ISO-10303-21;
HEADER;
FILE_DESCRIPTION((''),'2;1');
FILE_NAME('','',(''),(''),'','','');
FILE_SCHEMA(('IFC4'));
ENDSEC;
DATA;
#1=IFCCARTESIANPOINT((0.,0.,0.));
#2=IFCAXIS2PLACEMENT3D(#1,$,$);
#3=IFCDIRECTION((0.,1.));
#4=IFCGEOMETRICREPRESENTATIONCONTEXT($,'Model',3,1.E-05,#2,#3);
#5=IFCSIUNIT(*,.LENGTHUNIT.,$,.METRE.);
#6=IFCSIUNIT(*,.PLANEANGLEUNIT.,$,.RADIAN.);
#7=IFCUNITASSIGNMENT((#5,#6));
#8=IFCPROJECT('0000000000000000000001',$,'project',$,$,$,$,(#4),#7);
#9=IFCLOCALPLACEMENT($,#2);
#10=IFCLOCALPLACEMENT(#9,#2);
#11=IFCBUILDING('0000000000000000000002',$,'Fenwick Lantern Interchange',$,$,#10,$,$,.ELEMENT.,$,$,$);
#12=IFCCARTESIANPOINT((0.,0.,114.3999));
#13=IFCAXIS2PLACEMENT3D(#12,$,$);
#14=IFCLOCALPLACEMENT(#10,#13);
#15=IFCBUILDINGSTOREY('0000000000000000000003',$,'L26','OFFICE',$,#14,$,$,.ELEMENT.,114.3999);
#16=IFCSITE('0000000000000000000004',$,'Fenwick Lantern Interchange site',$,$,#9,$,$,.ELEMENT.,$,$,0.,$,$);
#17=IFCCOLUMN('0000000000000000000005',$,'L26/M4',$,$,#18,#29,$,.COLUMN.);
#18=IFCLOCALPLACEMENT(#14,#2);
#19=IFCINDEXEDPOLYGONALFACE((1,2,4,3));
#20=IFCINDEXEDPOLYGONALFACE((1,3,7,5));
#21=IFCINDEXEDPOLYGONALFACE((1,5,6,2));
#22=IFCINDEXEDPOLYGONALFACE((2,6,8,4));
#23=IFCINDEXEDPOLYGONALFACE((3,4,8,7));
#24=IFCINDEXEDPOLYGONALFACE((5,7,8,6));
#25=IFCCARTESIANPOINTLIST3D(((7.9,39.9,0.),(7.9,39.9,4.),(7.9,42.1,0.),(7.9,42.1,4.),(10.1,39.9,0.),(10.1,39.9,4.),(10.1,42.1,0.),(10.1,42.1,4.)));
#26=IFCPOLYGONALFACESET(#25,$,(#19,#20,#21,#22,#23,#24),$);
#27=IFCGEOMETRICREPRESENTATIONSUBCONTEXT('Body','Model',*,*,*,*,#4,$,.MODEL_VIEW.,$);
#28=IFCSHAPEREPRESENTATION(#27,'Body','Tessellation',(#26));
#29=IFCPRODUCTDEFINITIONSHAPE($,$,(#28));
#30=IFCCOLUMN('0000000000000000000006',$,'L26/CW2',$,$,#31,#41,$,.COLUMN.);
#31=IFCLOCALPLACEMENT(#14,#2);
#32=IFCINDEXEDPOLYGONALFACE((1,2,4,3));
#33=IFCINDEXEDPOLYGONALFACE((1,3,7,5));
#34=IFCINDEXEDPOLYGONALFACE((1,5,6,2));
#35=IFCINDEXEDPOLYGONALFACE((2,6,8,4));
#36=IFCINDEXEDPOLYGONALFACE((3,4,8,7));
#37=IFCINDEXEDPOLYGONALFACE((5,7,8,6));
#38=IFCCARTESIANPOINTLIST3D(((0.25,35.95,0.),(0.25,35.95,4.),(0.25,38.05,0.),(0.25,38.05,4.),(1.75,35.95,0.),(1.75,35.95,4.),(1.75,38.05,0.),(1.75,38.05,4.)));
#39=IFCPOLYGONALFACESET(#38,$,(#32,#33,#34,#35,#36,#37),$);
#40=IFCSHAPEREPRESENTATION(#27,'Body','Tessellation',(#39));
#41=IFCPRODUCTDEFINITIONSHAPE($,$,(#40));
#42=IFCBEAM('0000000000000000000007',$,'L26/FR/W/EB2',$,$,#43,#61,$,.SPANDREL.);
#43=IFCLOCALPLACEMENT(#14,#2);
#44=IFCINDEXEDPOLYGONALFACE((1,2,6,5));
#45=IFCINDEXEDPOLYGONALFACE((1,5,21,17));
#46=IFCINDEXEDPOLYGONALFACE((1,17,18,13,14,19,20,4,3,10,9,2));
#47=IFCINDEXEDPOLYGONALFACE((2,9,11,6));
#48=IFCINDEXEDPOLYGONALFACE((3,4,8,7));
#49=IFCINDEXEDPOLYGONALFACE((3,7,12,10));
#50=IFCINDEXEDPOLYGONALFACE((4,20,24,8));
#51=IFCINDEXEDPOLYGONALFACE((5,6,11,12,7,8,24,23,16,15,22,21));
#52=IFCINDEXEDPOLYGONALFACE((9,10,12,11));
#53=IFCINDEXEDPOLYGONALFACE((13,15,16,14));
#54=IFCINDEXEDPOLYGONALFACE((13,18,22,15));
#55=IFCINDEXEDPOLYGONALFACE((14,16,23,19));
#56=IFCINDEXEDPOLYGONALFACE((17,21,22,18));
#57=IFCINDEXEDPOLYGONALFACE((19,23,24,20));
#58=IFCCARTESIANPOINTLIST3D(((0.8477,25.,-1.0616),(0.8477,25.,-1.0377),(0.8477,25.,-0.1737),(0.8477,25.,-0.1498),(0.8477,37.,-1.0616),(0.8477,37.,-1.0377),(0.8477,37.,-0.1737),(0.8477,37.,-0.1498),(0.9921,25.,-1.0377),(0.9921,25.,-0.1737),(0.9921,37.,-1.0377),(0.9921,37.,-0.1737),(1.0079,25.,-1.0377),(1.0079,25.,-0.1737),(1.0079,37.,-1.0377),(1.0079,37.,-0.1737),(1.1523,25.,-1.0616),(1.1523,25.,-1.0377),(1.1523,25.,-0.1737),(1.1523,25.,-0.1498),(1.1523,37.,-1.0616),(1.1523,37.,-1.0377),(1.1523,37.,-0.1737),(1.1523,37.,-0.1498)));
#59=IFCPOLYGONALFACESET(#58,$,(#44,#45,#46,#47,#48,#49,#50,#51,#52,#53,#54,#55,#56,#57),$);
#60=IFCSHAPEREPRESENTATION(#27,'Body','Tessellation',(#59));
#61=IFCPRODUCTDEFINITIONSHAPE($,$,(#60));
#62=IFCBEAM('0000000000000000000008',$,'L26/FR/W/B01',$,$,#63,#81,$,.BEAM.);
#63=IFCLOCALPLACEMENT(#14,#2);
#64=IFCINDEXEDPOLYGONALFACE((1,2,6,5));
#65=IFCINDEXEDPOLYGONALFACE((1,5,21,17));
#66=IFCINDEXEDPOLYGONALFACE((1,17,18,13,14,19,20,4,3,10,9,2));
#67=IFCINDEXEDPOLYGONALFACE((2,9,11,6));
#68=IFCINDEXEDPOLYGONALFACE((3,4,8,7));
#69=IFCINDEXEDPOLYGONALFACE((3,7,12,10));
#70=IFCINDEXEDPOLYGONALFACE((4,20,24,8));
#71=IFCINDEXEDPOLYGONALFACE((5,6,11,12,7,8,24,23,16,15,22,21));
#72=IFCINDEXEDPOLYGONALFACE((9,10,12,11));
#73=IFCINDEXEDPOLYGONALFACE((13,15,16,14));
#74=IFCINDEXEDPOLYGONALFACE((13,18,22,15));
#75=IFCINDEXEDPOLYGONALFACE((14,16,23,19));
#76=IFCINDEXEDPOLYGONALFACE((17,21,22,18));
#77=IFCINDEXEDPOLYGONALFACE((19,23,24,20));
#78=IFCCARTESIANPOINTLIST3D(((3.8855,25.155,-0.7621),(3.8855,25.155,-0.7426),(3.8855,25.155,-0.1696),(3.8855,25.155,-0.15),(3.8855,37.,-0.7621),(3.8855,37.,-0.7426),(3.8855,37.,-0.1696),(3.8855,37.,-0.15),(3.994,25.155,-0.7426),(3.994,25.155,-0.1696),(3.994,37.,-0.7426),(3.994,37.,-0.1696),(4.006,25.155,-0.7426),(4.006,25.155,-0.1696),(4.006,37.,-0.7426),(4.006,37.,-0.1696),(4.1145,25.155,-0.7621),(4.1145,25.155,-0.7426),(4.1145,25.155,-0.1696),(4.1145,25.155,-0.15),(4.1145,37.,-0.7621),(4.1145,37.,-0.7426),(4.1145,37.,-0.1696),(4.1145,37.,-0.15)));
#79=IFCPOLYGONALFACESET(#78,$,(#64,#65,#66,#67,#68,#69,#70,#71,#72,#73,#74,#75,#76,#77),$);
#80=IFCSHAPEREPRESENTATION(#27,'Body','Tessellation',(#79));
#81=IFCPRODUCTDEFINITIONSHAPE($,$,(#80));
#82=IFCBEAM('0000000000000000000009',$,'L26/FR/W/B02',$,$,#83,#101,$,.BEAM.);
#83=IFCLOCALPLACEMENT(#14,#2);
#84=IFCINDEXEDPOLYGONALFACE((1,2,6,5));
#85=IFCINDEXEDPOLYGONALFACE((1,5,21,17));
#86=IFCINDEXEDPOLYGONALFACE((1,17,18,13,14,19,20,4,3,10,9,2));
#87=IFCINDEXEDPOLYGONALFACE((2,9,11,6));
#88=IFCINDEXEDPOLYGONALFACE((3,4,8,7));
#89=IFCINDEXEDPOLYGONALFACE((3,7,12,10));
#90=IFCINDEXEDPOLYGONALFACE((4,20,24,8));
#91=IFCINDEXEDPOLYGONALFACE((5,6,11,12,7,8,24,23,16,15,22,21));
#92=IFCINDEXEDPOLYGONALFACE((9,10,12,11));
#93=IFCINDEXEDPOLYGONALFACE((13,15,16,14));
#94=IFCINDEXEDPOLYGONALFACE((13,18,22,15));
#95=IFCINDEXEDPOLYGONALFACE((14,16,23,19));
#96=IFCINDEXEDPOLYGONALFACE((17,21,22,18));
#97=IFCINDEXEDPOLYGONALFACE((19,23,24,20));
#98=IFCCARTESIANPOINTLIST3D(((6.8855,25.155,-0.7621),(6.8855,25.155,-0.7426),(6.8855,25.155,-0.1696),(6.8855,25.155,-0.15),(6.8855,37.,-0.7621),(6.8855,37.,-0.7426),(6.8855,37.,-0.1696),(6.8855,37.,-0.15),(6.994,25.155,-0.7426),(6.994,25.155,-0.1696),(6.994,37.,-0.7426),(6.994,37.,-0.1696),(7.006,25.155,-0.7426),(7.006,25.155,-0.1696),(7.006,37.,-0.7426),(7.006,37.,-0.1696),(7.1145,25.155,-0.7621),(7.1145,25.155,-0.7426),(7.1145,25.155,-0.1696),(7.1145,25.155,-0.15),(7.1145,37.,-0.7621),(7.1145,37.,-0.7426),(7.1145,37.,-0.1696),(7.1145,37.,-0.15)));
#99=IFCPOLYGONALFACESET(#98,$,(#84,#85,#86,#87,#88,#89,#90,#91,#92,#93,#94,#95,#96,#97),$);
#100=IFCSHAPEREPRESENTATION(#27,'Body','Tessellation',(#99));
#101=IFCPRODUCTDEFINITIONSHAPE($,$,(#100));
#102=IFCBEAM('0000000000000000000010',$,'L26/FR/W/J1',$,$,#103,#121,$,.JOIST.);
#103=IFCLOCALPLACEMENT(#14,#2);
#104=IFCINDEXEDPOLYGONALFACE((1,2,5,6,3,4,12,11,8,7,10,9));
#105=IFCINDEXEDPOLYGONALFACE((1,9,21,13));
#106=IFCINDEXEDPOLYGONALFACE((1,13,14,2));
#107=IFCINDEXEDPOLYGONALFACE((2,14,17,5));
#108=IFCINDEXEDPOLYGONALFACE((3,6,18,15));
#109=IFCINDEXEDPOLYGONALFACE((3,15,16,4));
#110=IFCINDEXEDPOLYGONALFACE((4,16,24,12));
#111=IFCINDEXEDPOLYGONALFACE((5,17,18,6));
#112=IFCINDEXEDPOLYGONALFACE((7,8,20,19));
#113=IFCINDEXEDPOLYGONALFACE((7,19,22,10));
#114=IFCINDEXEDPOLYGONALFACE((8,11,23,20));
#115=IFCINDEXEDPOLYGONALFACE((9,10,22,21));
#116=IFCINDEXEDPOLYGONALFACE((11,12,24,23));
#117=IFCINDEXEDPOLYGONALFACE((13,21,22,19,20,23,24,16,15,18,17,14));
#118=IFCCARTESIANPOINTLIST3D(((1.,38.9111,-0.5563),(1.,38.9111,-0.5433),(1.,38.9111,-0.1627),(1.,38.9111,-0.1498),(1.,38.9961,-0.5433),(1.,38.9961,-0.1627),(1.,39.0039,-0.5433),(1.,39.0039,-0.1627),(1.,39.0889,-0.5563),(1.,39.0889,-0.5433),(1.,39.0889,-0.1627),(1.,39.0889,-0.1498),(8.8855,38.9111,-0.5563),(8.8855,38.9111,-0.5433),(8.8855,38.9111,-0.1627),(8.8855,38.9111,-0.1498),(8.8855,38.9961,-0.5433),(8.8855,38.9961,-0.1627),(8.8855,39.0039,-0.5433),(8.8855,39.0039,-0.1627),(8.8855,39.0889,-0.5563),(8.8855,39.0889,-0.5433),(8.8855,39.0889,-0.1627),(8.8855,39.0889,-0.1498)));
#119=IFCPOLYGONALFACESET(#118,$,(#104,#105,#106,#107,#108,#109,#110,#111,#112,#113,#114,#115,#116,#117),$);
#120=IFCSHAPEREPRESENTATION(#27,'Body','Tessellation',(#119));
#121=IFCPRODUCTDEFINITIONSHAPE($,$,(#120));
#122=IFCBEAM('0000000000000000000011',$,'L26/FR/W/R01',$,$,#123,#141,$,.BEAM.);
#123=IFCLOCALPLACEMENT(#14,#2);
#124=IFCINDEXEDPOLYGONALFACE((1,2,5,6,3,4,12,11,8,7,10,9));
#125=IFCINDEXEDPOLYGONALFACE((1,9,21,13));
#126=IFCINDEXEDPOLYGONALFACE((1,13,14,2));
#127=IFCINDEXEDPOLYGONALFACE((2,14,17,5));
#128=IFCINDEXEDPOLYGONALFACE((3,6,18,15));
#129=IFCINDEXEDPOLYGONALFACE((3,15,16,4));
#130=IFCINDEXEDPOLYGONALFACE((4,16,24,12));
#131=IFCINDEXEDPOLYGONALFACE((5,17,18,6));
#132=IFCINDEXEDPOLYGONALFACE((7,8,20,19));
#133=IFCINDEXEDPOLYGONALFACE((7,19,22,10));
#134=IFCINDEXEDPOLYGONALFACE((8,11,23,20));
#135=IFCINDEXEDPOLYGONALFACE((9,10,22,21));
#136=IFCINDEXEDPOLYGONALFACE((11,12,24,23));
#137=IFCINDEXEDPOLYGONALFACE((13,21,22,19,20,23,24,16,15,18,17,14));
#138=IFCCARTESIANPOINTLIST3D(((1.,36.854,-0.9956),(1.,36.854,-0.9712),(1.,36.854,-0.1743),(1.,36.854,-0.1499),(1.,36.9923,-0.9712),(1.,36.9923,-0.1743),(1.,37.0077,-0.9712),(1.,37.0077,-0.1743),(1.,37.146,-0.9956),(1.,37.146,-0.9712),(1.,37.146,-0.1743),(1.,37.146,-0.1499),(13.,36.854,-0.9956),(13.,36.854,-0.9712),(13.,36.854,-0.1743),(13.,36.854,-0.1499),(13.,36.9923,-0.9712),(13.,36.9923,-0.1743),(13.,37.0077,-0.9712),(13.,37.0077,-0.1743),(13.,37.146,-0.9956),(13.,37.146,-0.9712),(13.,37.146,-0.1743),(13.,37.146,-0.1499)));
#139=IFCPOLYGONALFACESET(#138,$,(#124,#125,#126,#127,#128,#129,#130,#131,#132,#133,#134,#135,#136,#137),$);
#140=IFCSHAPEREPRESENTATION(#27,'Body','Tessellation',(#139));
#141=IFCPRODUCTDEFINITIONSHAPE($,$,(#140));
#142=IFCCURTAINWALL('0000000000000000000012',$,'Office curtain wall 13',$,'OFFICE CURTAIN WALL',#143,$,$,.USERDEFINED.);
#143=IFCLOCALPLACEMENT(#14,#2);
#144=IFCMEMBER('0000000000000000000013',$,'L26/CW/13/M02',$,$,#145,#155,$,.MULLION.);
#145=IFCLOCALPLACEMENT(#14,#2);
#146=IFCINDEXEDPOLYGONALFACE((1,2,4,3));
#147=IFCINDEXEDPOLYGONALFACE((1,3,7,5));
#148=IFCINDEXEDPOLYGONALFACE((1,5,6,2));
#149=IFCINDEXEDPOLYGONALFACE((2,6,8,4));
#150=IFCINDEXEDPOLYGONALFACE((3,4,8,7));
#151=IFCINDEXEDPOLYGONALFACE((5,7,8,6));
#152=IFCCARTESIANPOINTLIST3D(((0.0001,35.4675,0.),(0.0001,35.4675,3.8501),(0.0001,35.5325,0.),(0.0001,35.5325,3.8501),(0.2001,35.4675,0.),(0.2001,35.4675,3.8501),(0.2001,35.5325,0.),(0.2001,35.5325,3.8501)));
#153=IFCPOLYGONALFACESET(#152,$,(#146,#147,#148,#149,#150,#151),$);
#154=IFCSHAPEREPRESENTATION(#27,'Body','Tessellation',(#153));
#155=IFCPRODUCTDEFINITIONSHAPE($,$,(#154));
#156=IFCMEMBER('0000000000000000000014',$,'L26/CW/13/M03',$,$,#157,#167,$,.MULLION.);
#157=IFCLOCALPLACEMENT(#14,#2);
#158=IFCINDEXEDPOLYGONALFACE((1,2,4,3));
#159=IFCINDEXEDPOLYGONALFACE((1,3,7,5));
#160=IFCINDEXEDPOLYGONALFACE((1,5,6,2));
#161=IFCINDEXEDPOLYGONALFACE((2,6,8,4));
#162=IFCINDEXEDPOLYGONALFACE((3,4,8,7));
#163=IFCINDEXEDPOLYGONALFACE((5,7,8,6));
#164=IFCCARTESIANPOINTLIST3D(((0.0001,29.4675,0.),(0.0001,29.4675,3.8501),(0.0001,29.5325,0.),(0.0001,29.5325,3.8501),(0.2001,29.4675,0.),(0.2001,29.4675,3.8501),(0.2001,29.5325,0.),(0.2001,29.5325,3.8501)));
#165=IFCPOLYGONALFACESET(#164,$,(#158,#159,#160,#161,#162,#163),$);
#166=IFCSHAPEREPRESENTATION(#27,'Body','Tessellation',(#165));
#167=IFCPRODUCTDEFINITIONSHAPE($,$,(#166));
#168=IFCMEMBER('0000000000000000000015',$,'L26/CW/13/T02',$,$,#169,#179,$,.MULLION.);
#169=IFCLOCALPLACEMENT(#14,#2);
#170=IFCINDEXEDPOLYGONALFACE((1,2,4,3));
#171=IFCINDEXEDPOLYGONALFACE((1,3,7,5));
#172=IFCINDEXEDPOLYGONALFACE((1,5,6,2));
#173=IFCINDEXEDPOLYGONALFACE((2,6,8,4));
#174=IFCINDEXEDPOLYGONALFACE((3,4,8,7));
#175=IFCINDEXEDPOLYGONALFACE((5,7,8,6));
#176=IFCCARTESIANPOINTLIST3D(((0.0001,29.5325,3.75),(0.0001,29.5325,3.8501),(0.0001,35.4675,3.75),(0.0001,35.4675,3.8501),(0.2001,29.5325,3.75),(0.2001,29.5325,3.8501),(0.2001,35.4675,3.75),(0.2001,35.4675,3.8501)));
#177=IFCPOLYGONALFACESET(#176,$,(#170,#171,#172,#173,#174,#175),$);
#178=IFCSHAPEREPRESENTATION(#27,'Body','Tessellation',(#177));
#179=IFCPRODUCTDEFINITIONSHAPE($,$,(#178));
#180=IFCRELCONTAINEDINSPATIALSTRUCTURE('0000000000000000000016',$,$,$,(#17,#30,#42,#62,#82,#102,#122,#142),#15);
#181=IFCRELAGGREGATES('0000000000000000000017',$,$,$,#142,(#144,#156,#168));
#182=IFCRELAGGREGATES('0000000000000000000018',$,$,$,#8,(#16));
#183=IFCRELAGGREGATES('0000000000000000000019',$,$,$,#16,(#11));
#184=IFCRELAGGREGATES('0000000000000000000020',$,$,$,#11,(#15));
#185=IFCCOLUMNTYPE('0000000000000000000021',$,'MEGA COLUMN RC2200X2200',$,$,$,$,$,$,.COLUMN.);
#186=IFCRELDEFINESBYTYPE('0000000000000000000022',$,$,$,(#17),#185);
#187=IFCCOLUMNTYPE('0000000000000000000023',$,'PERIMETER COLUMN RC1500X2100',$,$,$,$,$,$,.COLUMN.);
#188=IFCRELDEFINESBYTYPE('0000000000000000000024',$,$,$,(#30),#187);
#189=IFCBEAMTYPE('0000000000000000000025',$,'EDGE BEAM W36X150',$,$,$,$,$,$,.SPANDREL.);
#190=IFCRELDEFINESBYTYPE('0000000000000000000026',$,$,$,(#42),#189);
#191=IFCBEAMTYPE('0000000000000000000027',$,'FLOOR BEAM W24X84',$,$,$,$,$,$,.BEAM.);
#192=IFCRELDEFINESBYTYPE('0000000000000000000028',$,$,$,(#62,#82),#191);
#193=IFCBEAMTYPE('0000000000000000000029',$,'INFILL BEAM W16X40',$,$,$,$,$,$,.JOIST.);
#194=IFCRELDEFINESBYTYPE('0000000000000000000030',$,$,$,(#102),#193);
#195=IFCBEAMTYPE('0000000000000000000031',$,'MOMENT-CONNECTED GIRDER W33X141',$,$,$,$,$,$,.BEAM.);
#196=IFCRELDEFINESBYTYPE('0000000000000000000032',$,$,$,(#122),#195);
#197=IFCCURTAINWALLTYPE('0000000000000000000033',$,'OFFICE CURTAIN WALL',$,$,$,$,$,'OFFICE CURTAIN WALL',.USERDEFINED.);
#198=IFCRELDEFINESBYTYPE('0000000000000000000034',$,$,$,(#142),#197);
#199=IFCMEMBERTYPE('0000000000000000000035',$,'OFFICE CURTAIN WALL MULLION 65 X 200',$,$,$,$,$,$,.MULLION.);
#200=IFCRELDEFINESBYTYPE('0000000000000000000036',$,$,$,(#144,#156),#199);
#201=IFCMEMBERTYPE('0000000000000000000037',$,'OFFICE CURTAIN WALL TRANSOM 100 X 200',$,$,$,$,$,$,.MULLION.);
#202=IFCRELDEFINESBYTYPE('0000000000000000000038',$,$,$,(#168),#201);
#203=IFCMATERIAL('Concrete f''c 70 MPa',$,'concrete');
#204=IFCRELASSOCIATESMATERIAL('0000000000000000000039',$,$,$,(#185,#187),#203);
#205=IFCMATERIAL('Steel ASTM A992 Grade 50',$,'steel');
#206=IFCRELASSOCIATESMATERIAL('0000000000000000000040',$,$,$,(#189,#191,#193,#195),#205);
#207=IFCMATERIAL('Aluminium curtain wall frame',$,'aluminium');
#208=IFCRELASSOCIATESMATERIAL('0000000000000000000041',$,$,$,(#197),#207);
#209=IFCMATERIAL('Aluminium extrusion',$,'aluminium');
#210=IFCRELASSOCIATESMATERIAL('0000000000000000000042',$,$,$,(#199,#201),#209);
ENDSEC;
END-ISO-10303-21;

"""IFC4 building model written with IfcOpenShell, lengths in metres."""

from ifc_helpers import new_model, si_unit, direction, frame, origin, origin_2d, place, context, subcontext, project, spatial, rectangle, i_section, extrude, material, material_profile, profile_set, type_object, element, aggregate, save


model = new_model("IFC4")

# Units and contexts
model_context = context("Model", 3, precision=1e-05, world=origin(), true_north=direction((0.0, 1.0)))
body_context = subcontext(model_context, "Body", "Model", "MODEL_VIEW")
ifc_project = project(units=[si_unit("LENGTHUNIT", "METRE"), si_unit("PLANEANGLEUNIT", "RADIAN")], contexts=[model_context])

# Site, building, storey
site_placement = place(None, origin())
site = spatial("IfcSite", under=ifc_project, at=site_placement, Name="Fenwick Lantern Interchange site", CompositionType="ELEMENT", RefElevation=0.0)
building_placement = place(site_placement, origin())
building = spatial("IfcBuilding", under=site, at=building_placement, Name="Fenwick Lantern Interchange", CompositionType="ELEMENT")
storey_placement = place(building_placement, frame((0.0, 0.0, 114.3999)))
storey = spatial("IfcBuildingStorey", under=building, at=storey_placement, Name="L26", Description="OFFICE", CompositionType="ELEMENT", Elevation=114.3999)

# Columns
ifc_material_1 = material(Name="Concrete f'c 70 MPa", Category="concrete")
ifc_material_profile_1 = material_profile(ifc_material_1, rectangle(XDim=2.2, YDim=2.2, at=origin_2d()), Name="RC2200X2200")
ifc_profile_set_1 = profile_set([ifc_material_profile_1], Name="Concrete f'c 70 MPa")
column_type_1 = type_object("IfcColumnType", Name="MEGA COLUMN RC2200X2200", PredefinedType="COLUMN", material=ifc_profile_set_1)
column_1_placement = place(storey_placement, frame((9.0, 41.0, 0.0), z_axis=(0.0, 0.0, 1.0), x_axis=(1.0, 0.0, 0.0)))
element("IfcColumn", 1, at=column_1_placement, inside=storey, type_object=column_type_1, Name="L26/M4", PredefinedType="COLUMN", context=body_context, shape_type="SweptSolid", body=[
    extrude(rectangle(XDim=2.2, YDim=2.2, at=origin_2d()), origin(), (0.0, 0.0, 1.0), 4.0),
])
ifc_material_profile_2 = material_profile(ifc_material_1, rectangle(XDim=1.5, YDim=2.1001, at=origin_2d()), Name="RC1500X2100")
ifc_profile_set_2 = profile_set([ifc_material_profile_2], Name="Concrete f'c 70 MPa")
column_type_2 = type_object("IfcColumnType", Name="PERIMETER COLUMN RC1500X2100", PredefinedType="COLUMN", material=ifc_profile_set_2)
column_2_placement = place(storey_placement, frame((1.0, 37.0, 0.0), z_axis=(0.0, 0.0, 1.0), x_axis=(1.0, 0.0, 0.0)))
element("IfcColumn", 2, at=column_2_placement, inside=storey, type_object=column_type_2, Name="L26/CW2", PredefinedType="COLUMN", context=body_context, shape_type="SweptSolid", body=[
    extrude(rectangle(XDim=1.5, YDim=2.1001, at=origin_2d()), origin(), (0.0, 0.0, 1.0), 4.0),
])

# Beams
ifc_material_2 = material(Name="Steel ASTM A992 Grade 50", Category="steel")
ifc_material_profile_3 = material_profile(ifc_material_2, i_section(OverallWidth=0.3047, OverallDepth=0.9119, WebThickness=0.0159, FlangeThickness=0.0239, at=origin_2d()), Name="W36X150")
ifc_profile_set_3 = profile_set([ifc_material_profile_3], Name="Steel ASTM A992 Grade 50")
beam_type_1 = type_object("IfcBeamType", Name="EDGE BEAM W36X150", PredefinedType="SPANDREL", material=ifc_profile_set_3)
beam_1_placement = place(storey_placement, frame((1.0, 37.0, -0.6057), z_axis=(0.0, -1.0, 0.0), x_axis=(1.0, 0.0, 0.0)))
element("IfcBeam", 3, at=beam_1_placement, inside=storey, type_object=beam_type_1, Name="L26/FR/W/EB2", PredefinedType="SPANDREL", context=body_context, shape_type="SweptSolid", body=[
    extrude(i_section(OverallWidth=0.3047, OverallDepth=0.9119, WebThickness=0.0159, FlangeThickness=0.0239, at=origin_2d()), origin(), (0.0, 0.0, 1.0), 12.0),
])
ifc_material_profile_4 = material_profile(ifc_material_2, i_section(OverallWidth=0.229, OverallDepth=0.6121, WebThickness=0.012, FlangeThickness=0.0195, at=origin_2d()), Name="W24X84")
ifc_profile_set_4 = profile_set([ifc_material_profile_4], Name="Steel ASTM A992 Grade 50")
beam_type_2 = type_object("IfcBeamType", Name="FLOOR BEAM W24X84", PredefinedType="BEAM", material=ifc_profile_set_4)
for number, where, z_axis, x_axis, name in (
    (4, (4.0, 37.0, -0.4561), (0.0, -1.0, 0.0), (1.0, 0.0, 0.0), "L26/FR/W/B01"),
    (5, (7.0, 37.0, -0.4561), (0.0, -1.0, 0.0), (1.0, 0.0, 0.0), "L26/FR/W/B02"),
):
    element("IfcBeam", number, at=place(storey_placement, frame(where, z_axis=z_axis, x_axis=x_axis)), inside=storey, type_object=beam_type_2, Name=name, PredefinedType="BEAM", context=body_context, shape_type="SweptSolid", body=[
        extrude(i_section(OverallWidth=0.229, OverallDepth=0.6121, WebThickness=0.012, FlangeThickness=0.0195, at=origin_2d()), origin(), (0.0, 0.0, 1.0), 11.845),
    ])
ifc_material_profile_5 = material_profile(ifc_material_2, i_section(OverallWidth=0.1777, OverallDepth=0.4065, WebThickness=0.0078, FlangeThickness=0.0129, at=origin_2d()), Name="W16X40")
ifc_profile_set_5 = profile_set([ifc_material_profile_5], Name="Steel ASTM A992 Grade 50")
beam_type_3 = type_object("IfcBeamType", Name="INFILL BEAM W16X40", PredefinedType="JOIST", material=ifc_profile_set_5)
beam_2_placement = place(storey_placement, frame((1.0, 39.0, -0.353), z_axis=(1.0, 0.0, 0.0), x_axis=(0.0, 1.0, 0.0)))
element("IfcBeam", 6, at=beam_2_placement, inside=storey, type_object=beam_type_3, Name="L26/FR/W/J1", PredefinedType="JOIST", context=body_context, shape_type="SweptSolid", body=[
    extrude(i_section(OverallWidth=0.1777, OverallDepth=0.4065, WebThickness=0.0078, FlangeThickness=0.0129, at=origin_2d()), origin(), (0.0, 0.0, 1.0), 7.8855),
])
ifc_material_profile_6 = material_profile(ifc_material_2, i_section(OverallWidth=0.292, OverallDepth=0.8457, WebThickness=0.0154, FlangeThickness=0.0244, at=origin_2d()), Name="W33X141")
ifc_profile_set_6 = profile_set([ifc_material_profile_6], Name="Steel ASTM A992 Grade 50")
beam_type_4 = type_object("IfcBeamType", Name="MOMENT-CONNECTED GIRDER W33X141", PredefinedType="BEAM", material=ifc_profile_set_6)
beam_3_placement = place(storey_placement, frame((1.0, 37.0, -0.5728), z_axis=(1.0, 0.0, 0.0), x_axis=(0.0, 1.0, 0.0)))
element("IfcBeam", 7, at=beam_3_placement, inside=storey, type_object=beam_type_4, Name="L26/FR/W/R01", PredefinedType="BEAM", context=body_context, shape_type="SweptSolid", body=[
    extrude(i_section(OverallWidth=0.292, OverallDepth=0.8457, WebThickness=0.0154, FlangeThickness=0.0244, at=origin_2d()), origin(), (0.0, 0.0, 1.0), 12.0),
])

# Curtain wall, members
ifc_material_3 = material(Name="Aluminium curtain wall frame", Category="aluminium")
curtain_wall_type = type_object("IfcCurtainWallType", Name="OFFICE CURTAIN WALL", ElementType="OFFICE CURTAIN WALL", PredefinedType="USERDEFINED", material=ifc_material_3)
curtain_wall_placement = place(storey_placement, origin())
curtain_wall = element("IfcCurtainWall", 8, at=curtain_wall_placement, inside=storey, type_object=curtain_wall_type, Name="Office curtain wall 13", ObjectType="OFFICE CURTAIN WALL", PredefinedType="USERDEFINED")
ifc_material_4 = material(Name="Aluminium extrusion", Category="aluminium")
ifc_material_profile_7 = material_profile(ifc_material_4, rectangle(XDim=0.2, YDim=0.0649, at=origin_2d()), Name="OFFICE CURTAIN WALL MULLION 65 X 200")
ifc_profile_set_7 = profile_set([ifc_material_profile_7], Name="Aluminium extrusion")
member_type_1 = type_object("IfcMemberType", Name="OFFICE CURTAIN WALL MULLION 65 X 200", PredefinedType="MULLION", material=ifc_profile_set_7)
member_1_placement = place(storey_placement, frame((0.1001, 35.5, 0.0), z_axis=(0.0, 0.0, 1.0), x_axis=(1.0, 0.0, 0.0)))
member_1 = element("IfcMember", 9, at=member_1_placement, type_object=member_type_1, Name="L26/CW/13/M02", PredefinedType="MULLION", context=body_context, shape_type="SweptSolid", body=[
    extrude(rectangle(XDim=0.2, YDim=0.0649, at=origin_2d()), origin(), (0.0, 0.0, 1.0), 3.8501),
])
member_2_placement = place(storey_placement, frame((0.1001, 29.5, 0.0), z_axis=(0.0, 0.0, 1.0), x_axis=(1.0, 0.0, 0.0)))
member_2 = element("IfcMember", 10, at=member_2_placement, type_object=member_type_1, Name="L26/CW/13/M03", PredefinedType="MULLION", context=body_context, shape_type="SweptSolid", body=[
    extrude(rectangle(XDim=0.2, YDim=0.0649, at=origin_2d()), origin(), (0.0, 0.0, 1.0), 3.8501),
])
ifc_material_profile_8 = material_profile(ifc_material_4, rectangle(XDim=0.2, YDim=0.1001, at=origin_2d()), Name="OFFICE CURTAIN WALL TRANSOM 100 X 200")
ifc_profile_set_8 = profile_set([ifc_material_profile_8], Name="Aluminium extrusion")
member_type_2 = type_object("IfcMemberType", Name="OFFICE CURTAIN WALL TRANSOM 100 X 200", PredefinedType="MULLION", material=ifc_profile_set_8)
member_3_placement = place(storey_placement, frame((0.1001, 35.4675, 3.8), z_axis=(0.0, -1.0, 0.0), x_axis=(1.0, 0.0, 0.0)))
member_3 = element("IfcMember", 11, at=member_3_placement, type_object=member_type_2, Name="L26/CW/13/T02", PredefinedType="MULLION", context=body_context, shape_type="SweptSolid", body=[
    extrude(rectangle(XDim=0.2, YDim=0.1001, at=origin_2d()), origin(), (0.0, 0.0, 1.0), 5.9351),
])
aggregate(curtain_wall, [member_1, member_2, member_3])

save(model, "model.ifc")
